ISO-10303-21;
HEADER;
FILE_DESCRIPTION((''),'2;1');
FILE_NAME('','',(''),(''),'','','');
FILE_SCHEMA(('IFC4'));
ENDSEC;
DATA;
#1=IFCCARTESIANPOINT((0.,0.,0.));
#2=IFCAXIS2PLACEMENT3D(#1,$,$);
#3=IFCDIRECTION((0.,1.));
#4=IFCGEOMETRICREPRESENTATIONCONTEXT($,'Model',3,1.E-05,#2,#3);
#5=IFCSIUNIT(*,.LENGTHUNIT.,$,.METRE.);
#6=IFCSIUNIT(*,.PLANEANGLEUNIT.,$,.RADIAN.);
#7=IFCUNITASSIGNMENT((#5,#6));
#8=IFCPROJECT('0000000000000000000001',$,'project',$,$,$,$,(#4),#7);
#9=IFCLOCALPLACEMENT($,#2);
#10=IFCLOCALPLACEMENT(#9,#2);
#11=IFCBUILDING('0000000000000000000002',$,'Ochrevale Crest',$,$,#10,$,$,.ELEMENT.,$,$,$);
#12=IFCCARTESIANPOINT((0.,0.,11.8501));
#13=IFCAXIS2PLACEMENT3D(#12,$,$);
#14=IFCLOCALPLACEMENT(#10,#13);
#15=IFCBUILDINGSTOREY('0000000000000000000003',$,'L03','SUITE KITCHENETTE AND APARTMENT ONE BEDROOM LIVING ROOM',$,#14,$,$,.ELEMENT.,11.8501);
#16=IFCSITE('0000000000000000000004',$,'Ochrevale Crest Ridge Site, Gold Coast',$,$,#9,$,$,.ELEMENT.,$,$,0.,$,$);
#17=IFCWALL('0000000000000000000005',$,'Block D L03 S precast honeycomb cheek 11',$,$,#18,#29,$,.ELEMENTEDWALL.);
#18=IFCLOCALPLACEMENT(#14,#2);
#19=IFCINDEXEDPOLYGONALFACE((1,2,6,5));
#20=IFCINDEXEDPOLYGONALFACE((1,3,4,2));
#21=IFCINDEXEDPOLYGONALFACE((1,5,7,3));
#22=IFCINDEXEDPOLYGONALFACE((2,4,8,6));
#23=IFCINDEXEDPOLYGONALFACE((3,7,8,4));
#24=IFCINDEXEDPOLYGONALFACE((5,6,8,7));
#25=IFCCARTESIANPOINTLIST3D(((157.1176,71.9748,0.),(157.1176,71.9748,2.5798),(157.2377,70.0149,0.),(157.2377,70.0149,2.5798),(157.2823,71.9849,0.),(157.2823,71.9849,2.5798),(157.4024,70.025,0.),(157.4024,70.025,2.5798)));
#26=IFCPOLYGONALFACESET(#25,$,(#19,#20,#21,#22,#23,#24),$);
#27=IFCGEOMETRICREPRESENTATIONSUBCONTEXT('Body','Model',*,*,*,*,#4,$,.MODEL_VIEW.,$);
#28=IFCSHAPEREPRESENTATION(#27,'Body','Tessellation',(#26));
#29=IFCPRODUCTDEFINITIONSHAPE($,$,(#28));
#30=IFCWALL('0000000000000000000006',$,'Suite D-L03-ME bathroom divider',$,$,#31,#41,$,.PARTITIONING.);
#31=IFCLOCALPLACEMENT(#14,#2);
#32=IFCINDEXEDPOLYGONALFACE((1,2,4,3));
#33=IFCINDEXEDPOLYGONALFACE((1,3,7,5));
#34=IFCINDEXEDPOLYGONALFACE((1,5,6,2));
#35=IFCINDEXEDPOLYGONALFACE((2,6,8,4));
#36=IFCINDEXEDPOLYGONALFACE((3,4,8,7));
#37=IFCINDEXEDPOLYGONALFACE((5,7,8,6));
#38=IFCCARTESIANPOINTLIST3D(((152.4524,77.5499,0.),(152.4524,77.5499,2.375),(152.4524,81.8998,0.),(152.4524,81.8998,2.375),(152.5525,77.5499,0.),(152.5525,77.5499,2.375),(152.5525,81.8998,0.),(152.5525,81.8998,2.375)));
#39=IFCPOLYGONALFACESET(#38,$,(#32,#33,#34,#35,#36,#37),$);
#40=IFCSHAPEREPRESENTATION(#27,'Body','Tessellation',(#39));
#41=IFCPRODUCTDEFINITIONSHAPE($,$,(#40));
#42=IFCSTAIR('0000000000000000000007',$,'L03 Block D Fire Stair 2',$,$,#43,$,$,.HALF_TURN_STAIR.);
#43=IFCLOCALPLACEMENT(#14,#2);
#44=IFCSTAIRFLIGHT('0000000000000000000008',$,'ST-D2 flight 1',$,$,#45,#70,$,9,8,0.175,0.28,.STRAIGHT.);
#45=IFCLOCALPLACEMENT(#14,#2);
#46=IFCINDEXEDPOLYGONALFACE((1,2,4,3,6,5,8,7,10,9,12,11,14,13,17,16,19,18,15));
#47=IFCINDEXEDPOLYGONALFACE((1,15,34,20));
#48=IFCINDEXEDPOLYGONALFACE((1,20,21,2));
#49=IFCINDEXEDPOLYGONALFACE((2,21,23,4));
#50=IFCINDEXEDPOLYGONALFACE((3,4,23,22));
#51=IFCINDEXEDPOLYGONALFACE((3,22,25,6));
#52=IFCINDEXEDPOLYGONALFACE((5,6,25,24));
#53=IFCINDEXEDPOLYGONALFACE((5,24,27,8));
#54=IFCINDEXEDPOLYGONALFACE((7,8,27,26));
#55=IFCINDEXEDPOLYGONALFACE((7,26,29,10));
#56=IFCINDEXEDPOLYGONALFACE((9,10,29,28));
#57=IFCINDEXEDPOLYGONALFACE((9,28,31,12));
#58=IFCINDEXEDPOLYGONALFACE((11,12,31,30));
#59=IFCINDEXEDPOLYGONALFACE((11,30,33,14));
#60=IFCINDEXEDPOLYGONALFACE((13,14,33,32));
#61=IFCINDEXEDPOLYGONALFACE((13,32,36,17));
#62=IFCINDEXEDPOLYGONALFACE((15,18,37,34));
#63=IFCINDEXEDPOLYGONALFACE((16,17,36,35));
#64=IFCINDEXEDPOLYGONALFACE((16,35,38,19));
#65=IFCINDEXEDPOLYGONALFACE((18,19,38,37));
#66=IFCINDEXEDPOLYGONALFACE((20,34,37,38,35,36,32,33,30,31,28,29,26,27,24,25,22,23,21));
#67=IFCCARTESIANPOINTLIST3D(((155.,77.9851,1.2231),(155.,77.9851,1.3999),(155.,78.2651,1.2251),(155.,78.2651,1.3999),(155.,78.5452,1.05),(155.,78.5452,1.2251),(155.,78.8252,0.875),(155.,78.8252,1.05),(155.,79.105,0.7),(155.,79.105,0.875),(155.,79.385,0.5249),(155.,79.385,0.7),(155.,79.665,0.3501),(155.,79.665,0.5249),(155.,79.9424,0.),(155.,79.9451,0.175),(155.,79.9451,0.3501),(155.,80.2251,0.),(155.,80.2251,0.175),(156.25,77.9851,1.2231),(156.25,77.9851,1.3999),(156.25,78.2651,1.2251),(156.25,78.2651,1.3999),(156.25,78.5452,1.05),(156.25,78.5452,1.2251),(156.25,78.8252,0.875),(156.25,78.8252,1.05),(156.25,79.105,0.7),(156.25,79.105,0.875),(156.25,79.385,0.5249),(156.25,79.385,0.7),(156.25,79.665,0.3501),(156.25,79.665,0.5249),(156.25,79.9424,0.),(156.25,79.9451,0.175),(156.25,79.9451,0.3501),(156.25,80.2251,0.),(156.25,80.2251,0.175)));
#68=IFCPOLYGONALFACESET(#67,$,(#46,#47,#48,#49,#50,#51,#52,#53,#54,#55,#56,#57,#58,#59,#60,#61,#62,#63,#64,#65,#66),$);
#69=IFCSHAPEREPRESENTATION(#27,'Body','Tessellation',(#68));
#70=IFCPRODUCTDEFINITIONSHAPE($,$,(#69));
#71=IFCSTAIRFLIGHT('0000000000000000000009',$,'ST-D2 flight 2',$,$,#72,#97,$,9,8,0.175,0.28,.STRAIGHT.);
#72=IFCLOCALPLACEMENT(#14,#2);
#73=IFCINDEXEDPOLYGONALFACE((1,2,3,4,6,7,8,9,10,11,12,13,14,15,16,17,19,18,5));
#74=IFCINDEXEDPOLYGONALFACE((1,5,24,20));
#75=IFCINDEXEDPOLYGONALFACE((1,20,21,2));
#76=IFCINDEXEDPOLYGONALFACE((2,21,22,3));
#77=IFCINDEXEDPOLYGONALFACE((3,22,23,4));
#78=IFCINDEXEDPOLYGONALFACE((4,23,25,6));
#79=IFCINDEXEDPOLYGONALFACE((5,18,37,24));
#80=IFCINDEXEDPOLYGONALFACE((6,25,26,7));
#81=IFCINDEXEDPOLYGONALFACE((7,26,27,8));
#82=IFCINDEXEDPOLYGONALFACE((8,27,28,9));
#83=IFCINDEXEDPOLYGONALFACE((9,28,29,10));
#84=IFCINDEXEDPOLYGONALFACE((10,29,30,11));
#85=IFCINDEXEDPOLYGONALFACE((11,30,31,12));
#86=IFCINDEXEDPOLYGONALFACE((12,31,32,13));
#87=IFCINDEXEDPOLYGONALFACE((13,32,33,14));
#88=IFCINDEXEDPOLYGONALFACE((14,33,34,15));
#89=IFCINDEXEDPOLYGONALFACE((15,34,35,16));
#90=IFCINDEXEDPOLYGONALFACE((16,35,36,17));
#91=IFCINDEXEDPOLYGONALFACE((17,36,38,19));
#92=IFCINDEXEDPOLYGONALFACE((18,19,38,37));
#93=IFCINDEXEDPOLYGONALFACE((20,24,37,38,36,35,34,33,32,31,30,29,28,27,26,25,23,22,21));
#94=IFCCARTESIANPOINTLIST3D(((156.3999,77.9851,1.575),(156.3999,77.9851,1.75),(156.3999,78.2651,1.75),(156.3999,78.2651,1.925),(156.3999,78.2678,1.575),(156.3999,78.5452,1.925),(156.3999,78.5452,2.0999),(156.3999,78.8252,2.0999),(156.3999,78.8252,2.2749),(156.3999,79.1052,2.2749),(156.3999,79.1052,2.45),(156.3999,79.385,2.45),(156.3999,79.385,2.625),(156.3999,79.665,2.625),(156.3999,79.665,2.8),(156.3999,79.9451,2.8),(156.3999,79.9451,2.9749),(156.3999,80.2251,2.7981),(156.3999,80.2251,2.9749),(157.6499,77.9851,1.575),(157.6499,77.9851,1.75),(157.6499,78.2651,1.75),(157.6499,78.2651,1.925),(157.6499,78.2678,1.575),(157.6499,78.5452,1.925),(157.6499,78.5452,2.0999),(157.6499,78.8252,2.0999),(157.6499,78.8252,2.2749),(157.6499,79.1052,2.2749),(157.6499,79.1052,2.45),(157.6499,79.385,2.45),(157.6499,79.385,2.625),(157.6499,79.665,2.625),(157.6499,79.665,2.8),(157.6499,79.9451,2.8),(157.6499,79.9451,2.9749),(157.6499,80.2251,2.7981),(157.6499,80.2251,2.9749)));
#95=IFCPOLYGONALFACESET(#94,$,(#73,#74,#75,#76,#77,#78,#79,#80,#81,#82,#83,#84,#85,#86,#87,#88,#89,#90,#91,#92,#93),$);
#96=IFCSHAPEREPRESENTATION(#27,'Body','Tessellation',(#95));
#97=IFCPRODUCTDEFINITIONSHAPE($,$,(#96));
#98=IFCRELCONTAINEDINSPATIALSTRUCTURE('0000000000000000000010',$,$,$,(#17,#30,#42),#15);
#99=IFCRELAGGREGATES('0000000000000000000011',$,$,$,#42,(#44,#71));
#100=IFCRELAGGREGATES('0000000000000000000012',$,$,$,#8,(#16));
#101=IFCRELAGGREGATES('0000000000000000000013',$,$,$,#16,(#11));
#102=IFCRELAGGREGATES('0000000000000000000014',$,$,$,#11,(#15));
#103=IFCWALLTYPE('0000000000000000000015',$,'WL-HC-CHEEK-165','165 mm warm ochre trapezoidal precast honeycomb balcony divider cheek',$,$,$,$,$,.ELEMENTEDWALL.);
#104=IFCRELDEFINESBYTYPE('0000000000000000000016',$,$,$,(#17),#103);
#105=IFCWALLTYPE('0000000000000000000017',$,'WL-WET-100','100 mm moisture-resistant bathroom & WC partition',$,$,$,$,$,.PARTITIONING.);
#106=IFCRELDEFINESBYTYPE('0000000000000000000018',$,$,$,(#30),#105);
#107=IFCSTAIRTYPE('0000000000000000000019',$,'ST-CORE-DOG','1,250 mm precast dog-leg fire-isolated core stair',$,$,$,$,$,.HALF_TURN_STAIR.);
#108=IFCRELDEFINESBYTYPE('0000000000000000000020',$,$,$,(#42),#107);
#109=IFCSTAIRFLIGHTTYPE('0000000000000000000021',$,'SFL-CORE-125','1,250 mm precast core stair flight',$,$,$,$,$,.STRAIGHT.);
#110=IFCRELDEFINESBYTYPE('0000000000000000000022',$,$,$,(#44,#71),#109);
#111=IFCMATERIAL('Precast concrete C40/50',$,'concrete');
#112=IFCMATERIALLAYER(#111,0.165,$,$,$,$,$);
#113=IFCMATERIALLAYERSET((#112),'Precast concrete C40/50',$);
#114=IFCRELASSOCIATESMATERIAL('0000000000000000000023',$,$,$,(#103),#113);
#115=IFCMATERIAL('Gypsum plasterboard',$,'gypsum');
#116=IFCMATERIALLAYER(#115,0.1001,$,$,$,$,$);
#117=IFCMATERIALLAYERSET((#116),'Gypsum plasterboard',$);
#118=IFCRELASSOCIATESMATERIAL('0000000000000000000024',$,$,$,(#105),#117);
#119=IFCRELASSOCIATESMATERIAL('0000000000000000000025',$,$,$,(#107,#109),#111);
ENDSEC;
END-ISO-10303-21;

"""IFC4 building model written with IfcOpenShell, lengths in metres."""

from ifc_helpers import new_model, si_unit, direction, frame, frame_2d, origin, place, context, subcontext, project, spatial, polyline, rectangle, outline, extrude, material, layer, layer_set, type_object, element, aggregate, save


model = new_model("IFC4")

# Units and contexts
model_context = context("Model", 3, precision=1e-05, world=origin(), true_north=direction((0.0, 1.0)))
body_context = subcontext(model_context, "Body", "Model", "MODEL_VIEW")
ifc_project = project(units=[si_unit("LENGTHUNIT", "METRE"), si_unit("PLANEANGLEUNIT", "RADIAN")], contexts=[model_context])

# Site, building, storey
site_placement = place(None, origin())
site = spatial("IfcSite", under=ifc_project, at=site_placement, Name="Ochrevale Crest Ridge Site, Gold Coast", CompositionType="ELEMENT", RefElevation=0.0)
building_placement = place(site_placement, origin())
building = spatial("IfcBuilding", under=site, at=building_placement, Name="Ochrevale Crest", CompositionType="ELEMENT")
storey_placement = place(building_placement, frame((0.0, 0.0, 11.8501)))
storey = spatial("IfcBuildingStorey", under=building, at=storey_placement, Name="L03", Description="SUITE KITCHENETTE AND APARTMENT ONE BEDROOM LIVING ROOM", CompositionType="ELEMENT", Elevation=11.8501)

# Shared definitions
ifc_material_1 = material(Name="Precast concrete C40/50", Category="concrete")

# Walls
ifc_layer_1 = layer(ifc_material_1, 0.165)
ifc_layer_set_1 = layer_set([ifc_layer_1], Name="Precast concrete C40/50")
wall_type_1 = type_object("IfcWallType", Name="WL-HC-CHEEK-165", Description="165 mm warm ochre trapezoidal precast honeycomb balcony divider cheek", PredefinedType="ELEMENTEDWALL", material=ifc_layer_set_1)
for number, where, z_axis, x_axis, name in (
    (1, (157.2, 71.98, 0.0), (0.0, 0.0, 1.0), (0.061171, -0.998127, 0.0), "Block D L03 S precast honeycomb cheek 11"),
):
    element("IfcWall", number, at=place(storey_placement, frame(where, z_axis=z_axis, x_axis=x_axis)), inside=storey, type_object=wall_type_1, Name=name, PredefinedType="ELEMENTEDWALL", context=body_context, shape_type="SweptSolid", body=[
        extrude(rectangle(XDim=1.9636, YDim=0.165, at=frame_2d((0.9819, 0.0))), origin(), (0.0, 0.0, 1.0), 2.5798),
    ])
ifc_material_2 = material(Name="Gypsum plasterboard", Category="gypsum")
ifc_layer_2 = layer(ifc_material_2, 0.1001)
ifc_layer_set_2 = layer_set([ifc_layer_2], Name="Gypsum plasterboard")
wall_type_2 = type_object("IfcWallType", Name="WL-WET-100", Description="100 mm moisture-resistant bathroom & WC partition", PredefinedType="PARTITIONING", material=ifc_layer_set_2)
wall_1_placement = place(storey_placement, frame((152.5024, 77.55, 0.0), z_axis=(0.0, 0.0, 1.0), x_axis=(0.0, 1.0, 0.0)))
element("IfcWall", 2, at=wall_1_placement, inside=storey, type_object=wall_type_2, Name="Suite D-L03-ME bathroom divider", PredefinedType="PARTITIONING", context=body_context, shape_type="SweptSolid", body=[
    extrude(rectangle(XDim=4.3499, YDim=0.1001, at=frame_2d((2.1748, 0.0))), origin(), (0.0, 0.0, 1.0), 2.375),
])

# Stair, stair flights
stair_type = type_object("IfcStairType", Name="ST-CORE-DOG", Description="1,250 mm precast dog-leg fire-isolated core stair", PredefinedType="HALF_TURN_STAIR", material=ifc_material_1)
stair_placement = place(storey_placement, origin())
stair = element("IfcStair", 3, at=stair_placement, inside=storey, type_object=stair_type, Name="L03 Block D Fire Stair 2", PredefinedType="HALF_TURN_STAIR")
stair_flight_type = type_object("IfcStairFlightType", Name="SFL-CORE-125", Description="1,250 mm precast core stair flight", PredefinedType="STRAIGHT", material=ifc_material_1)
stair_flight_1_placement = place(storey_placement, frame((155.625, 80.2251, 0.0), z_axis=(0.0, 0.0, 1.0), x_axis=(0.0, -1.0, 0.0)))
stair_flight_1 = element("IfcStairFlight", 4, at=stair_flight_1_placement, type_object=stair_flight_type, Name="ST-D2 flight 1", NumberOfRisers=9, NumberOfTreads=8, PredefinedType="STRAIGHT", RiserHeight=0.175, TreadLength=0.28, context=body_context, shape_type="SweptSolid", body=[
    extrude(outline(polyline([(0.0, 0.0), (0.0, 0.175), (0.28, 0.175), (0.28, 0.3501), (0.5601, 0.3501), (0.5601, 0.5249), (0.8401, 0.5249), (0.8401, 0.7), (1.1201, 0.7), (1.1201, 0.875), (1.3999, 0.875), (1.3999, 1.05), (1.6799, 1.05), (1.6799, 1.2251), (1.96, 1.2251), (1.96, 1.3999), (2.24, 1.3999), (2.24, 1.575), (2.24, 1.2231), (0.2827, 0.0), (0.0, 0.0)])), frame((0.0, 0.625, 0.0), z_axis=(0.0, -1.0, 0.0), x_axis=(1.0, 0.0, 0.0)), (0.0, 0.0, 1.0), 1.25),
])
stair_flight_2_placement = place(storey_placement, frame((157.0249, 77.9851, 1.575), z_axis=(0.0, 0.0, 1.0), x_axis=(0.0, 1.0, 0.0)))
stair_flight_2 = element("IfcStairFlight", 5, at=stair_flight_2_placement, type_object=stair_flight_type, Name="ST-D2 flight 2", NumberOfRisers=9, NumberOfTreads=8, PredefinedType="STRAIGHT", RiserHeight=0.175, TreadLength=0.28, context=body_context, shape_type="SweptSolid", body=[
    extrude(outline(polyline([(0.0, 0.0), (0.0, 0.175), (0.28, 0.175), (0.28, 0.3501), (0.5601, 0.3501), (0.5601, 0.5249), (0.8401, 0.5249), (0.8401, 0.7), (1.1201, 0.7), (1.1201, 0.875), (1.3999, 0.875), (1.3999, 1.05), (1.6799, 1.05), (1.6799, 1.2251), (1.96, 1.2251), (1.96, 1.3999), (2.24, 1.3999), (2.24, 1.575), (2.24, 1.2231), (0.2827, 0.0), (0.0, 0.0)])), frame((0.0, 0.625, 0.0), z_axis=(0.0, -1.0, 0.0), x_axis=(1.0, 0.0, 0.0)), (0.0, 0.0, 1.0), 1.25),
])
aggregate(stair, [stair_flight_1, stair_flight_2])

save(model, "model.ifc")
